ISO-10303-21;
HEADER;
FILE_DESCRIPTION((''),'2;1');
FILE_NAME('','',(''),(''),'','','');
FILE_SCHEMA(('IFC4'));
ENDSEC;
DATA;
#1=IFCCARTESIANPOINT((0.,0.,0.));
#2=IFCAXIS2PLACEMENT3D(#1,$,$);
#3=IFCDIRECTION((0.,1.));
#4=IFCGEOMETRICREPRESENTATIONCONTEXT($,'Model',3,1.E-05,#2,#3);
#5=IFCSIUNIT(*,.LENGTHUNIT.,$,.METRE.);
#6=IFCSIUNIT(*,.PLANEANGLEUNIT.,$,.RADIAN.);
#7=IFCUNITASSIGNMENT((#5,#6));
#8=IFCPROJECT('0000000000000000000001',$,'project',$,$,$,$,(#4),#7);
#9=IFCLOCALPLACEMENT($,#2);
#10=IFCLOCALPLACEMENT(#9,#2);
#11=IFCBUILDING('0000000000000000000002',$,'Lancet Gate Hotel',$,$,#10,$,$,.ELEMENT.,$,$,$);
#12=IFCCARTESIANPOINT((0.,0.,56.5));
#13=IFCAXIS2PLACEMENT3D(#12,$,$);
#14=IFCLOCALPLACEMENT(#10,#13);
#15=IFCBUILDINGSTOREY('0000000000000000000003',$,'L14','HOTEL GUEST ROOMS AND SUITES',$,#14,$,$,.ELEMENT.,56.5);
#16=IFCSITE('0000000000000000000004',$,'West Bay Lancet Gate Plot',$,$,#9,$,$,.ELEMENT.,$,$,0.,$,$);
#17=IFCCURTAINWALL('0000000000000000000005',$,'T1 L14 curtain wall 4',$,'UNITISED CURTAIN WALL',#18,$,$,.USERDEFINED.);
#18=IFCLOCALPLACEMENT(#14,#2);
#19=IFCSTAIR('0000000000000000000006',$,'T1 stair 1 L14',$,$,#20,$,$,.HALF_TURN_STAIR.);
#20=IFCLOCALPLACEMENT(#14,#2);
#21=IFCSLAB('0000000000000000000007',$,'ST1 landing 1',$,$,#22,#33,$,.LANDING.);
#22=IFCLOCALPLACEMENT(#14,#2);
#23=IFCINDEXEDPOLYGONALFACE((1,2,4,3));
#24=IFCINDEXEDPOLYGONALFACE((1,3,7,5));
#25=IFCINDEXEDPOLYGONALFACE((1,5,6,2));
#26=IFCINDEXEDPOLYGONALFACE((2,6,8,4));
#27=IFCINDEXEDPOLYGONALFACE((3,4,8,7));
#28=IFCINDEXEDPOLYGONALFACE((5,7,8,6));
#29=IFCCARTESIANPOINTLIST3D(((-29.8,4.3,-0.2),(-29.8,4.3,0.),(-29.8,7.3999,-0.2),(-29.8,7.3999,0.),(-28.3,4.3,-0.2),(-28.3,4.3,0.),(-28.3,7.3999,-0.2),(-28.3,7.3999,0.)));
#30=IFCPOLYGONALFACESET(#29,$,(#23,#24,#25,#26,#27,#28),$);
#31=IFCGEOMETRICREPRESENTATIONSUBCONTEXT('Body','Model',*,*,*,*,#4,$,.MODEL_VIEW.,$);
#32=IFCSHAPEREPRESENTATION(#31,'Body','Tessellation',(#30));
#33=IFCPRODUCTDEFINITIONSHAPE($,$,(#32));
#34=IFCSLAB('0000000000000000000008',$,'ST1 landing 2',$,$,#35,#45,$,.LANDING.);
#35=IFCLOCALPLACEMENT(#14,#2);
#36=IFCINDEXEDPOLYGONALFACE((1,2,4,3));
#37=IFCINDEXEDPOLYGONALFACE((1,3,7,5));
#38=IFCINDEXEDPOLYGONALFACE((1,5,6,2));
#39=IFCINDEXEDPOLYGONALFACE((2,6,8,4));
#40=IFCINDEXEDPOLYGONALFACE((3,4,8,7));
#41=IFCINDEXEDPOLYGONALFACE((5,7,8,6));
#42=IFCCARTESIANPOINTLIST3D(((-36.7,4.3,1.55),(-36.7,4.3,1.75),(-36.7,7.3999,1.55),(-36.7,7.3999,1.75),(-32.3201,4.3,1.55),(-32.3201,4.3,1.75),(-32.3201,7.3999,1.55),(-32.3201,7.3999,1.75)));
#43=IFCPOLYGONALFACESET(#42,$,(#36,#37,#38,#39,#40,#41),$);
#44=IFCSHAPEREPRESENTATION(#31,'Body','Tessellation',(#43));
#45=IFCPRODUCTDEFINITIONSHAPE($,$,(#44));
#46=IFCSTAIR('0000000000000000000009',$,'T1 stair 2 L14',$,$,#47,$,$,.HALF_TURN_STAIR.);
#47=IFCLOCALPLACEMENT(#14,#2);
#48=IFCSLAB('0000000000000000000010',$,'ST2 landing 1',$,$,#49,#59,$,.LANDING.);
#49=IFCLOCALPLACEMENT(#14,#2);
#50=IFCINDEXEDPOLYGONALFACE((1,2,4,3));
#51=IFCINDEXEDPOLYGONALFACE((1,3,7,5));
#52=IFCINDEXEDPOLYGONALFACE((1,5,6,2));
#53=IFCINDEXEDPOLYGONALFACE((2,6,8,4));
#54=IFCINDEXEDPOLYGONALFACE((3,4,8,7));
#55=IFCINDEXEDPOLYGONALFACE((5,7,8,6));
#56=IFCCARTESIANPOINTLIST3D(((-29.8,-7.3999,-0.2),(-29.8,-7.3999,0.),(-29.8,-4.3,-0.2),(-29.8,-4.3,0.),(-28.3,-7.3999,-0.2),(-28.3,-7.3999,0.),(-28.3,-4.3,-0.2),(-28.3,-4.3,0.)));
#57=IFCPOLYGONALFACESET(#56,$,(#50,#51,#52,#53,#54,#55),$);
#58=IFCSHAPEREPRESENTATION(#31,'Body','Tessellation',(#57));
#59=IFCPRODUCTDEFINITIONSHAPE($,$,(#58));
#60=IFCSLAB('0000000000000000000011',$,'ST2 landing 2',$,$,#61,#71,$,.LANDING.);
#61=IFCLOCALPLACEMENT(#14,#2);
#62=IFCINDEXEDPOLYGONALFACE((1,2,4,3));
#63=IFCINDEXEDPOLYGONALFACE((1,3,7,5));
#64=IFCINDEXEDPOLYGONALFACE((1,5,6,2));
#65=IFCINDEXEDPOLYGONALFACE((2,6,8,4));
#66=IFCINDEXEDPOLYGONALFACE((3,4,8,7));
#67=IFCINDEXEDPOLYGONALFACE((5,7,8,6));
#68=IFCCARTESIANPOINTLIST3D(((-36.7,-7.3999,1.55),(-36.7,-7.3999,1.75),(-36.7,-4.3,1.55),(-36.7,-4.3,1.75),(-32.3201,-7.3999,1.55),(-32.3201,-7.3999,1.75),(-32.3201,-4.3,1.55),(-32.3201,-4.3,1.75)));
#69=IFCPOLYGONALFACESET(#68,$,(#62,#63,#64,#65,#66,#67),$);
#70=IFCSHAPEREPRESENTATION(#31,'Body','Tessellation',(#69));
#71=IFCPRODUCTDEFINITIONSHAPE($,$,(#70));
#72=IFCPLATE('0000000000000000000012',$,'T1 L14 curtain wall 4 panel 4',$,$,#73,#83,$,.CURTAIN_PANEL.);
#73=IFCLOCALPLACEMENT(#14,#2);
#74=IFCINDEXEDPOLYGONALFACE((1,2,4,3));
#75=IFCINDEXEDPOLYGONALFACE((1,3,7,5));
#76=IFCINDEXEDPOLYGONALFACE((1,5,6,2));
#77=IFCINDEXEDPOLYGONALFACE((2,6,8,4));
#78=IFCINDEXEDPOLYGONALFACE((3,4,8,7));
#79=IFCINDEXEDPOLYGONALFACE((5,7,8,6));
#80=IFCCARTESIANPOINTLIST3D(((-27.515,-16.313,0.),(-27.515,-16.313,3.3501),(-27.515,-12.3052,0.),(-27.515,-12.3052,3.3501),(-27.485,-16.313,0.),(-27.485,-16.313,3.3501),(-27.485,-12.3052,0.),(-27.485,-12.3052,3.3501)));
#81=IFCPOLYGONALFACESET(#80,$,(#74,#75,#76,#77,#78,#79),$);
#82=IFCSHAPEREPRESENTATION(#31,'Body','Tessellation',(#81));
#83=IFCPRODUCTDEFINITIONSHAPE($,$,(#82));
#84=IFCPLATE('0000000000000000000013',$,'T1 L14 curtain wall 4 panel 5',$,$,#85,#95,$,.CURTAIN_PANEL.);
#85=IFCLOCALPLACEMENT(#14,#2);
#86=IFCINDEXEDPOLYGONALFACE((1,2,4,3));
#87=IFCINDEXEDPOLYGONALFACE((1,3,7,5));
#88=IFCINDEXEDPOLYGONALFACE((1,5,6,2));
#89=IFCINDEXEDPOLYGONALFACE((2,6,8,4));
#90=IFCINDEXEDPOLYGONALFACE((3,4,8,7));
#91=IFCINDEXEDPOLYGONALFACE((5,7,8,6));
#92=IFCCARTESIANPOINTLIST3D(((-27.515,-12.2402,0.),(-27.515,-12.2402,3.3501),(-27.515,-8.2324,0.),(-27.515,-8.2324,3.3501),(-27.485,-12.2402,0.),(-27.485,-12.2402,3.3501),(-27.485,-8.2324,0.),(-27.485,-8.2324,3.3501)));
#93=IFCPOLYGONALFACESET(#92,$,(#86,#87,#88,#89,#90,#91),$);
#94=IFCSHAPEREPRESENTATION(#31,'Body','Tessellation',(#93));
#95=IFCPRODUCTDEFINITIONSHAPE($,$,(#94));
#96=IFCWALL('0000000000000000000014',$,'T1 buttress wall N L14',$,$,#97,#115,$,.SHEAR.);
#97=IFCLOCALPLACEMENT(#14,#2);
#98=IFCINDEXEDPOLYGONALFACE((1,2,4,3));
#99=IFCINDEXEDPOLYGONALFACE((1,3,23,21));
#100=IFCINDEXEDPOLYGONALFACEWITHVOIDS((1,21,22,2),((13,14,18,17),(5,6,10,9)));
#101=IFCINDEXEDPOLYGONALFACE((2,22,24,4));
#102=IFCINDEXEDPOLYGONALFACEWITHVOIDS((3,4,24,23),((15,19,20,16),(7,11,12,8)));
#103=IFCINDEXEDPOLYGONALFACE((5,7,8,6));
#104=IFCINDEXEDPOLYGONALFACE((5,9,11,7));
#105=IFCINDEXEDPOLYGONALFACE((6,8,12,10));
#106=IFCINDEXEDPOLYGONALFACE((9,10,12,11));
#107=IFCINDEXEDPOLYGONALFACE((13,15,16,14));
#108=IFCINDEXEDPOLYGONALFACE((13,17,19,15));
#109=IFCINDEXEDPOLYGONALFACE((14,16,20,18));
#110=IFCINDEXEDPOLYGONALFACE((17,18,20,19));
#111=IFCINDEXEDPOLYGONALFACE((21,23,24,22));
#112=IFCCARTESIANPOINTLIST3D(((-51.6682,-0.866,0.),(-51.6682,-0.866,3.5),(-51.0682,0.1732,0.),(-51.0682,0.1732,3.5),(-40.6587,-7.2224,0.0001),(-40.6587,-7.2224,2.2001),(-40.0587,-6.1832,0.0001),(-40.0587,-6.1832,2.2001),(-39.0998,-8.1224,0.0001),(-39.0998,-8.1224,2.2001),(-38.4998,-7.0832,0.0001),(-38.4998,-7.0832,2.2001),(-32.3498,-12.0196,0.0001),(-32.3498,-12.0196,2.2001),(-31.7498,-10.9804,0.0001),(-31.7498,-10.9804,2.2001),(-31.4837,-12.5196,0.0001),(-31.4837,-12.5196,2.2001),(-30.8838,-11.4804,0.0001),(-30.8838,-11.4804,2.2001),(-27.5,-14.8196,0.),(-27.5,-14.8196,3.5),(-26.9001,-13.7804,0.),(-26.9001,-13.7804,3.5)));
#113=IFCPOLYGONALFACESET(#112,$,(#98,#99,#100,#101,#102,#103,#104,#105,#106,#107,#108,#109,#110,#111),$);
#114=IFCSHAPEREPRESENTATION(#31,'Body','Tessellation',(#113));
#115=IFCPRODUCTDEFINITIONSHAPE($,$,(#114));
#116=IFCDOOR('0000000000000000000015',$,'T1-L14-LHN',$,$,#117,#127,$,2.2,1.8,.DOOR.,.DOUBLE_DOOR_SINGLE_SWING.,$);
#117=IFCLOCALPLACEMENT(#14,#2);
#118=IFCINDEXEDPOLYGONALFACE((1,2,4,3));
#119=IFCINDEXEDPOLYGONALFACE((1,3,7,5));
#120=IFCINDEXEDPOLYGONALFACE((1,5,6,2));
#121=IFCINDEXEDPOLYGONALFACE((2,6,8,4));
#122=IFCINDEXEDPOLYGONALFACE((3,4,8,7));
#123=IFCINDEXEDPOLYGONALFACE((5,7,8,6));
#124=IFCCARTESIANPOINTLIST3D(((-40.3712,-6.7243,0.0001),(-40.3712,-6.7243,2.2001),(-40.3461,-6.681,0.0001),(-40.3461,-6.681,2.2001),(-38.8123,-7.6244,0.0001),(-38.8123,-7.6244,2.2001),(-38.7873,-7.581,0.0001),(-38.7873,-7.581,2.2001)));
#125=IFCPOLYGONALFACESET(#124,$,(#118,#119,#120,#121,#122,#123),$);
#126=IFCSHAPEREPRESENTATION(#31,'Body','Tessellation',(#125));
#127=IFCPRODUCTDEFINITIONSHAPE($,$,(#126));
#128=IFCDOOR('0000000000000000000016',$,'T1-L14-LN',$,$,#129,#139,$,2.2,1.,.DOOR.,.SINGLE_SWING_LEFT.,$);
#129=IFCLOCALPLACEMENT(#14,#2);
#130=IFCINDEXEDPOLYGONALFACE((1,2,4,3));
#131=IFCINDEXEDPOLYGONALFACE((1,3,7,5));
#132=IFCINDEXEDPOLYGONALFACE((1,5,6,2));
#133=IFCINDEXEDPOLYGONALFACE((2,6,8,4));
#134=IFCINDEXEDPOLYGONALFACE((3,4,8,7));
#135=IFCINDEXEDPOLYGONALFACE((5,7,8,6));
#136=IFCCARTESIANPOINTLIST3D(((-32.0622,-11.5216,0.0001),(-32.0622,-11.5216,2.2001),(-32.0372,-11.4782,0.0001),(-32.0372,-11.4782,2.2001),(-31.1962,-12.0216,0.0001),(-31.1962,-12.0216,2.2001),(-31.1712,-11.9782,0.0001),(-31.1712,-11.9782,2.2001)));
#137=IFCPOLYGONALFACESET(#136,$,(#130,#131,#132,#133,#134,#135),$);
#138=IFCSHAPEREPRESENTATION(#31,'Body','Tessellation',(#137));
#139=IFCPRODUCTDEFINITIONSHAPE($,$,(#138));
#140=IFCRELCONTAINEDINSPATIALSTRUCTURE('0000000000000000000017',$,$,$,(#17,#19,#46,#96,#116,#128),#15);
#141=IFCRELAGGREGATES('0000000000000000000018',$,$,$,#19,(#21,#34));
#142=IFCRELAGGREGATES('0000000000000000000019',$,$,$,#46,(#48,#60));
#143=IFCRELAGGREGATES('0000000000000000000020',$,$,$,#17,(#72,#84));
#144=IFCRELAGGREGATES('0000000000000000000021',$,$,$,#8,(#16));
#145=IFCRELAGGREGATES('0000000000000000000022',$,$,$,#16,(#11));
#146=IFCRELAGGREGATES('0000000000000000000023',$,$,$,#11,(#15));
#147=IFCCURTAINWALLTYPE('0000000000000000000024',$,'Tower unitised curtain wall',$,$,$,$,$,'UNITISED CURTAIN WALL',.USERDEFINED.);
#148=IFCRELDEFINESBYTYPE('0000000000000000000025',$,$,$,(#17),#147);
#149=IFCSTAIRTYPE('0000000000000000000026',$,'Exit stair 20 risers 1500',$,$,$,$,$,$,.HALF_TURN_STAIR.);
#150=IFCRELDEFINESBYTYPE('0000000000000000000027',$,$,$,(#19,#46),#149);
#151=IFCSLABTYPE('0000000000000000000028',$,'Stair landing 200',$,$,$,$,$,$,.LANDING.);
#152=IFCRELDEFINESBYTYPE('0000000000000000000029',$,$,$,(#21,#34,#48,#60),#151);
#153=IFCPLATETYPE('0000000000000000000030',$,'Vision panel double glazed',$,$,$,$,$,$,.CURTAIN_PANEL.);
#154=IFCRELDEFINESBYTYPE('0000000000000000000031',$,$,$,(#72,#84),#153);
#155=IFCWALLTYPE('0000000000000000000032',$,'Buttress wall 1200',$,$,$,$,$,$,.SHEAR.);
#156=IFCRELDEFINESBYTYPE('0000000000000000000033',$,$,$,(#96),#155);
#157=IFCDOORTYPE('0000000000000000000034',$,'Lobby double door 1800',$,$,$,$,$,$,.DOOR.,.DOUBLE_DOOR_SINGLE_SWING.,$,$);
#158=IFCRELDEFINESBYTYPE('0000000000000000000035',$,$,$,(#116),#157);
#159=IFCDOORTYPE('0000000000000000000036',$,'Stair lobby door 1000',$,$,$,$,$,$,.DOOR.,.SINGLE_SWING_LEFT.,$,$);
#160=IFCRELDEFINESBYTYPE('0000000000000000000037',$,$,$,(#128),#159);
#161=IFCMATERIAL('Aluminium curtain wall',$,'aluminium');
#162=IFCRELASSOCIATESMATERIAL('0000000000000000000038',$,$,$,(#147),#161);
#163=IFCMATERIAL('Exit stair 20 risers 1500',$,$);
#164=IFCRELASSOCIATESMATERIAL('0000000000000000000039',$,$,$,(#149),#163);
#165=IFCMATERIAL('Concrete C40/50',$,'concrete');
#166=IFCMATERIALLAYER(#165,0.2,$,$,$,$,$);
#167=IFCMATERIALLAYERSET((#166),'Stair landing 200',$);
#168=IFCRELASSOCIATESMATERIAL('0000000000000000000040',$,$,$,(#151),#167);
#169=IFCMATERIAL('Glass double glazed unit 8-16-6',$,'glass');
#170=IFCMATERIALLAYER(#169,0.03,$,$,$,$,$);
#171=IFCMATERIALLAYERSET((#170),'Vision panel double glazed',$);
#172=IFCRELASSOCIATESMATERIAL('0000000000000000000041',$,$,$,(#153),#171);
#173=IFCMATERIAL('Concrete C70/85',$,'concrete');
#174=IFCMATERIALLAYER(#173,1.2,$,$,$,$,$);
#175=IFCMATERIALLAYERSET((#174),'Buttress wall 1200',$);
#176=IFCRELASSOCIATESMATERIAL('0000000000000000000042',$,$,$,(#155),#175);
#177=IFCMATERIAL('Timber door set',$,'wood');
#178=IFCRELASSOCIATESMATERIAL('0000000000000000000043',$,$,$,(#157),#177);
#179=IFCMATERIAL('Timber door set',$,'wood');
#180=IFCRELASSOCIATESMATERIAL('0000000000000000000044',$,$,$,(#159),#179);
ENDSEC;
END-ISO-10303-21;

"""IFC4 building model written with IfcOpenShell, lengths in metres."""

from ifc_helpers import new_model, si_unit, direction, frame, frame_2d, origin, origin_2d, place, context, subcontext, project, spatial, polyline, rectangle, outline, extrude, material, layer, layer_set, type_object, element, fill, aggregate, save


model = new_model("IFC4")

# Units and contexts
model_context = context("Model", 3, precision=1e-05, world=origin(), true_north=direction((0.0, 1.0)))
body_context = subcontext(model_context, "Body", "Model", "MODEL_VIEW")
ifc_project = project(units=[si_unit("LENGTHUNIT", "METRE"), si_unit("PLANEANGLEUNIT", "RADIAN")], contexts=[model_context])

# Site, building, storey
site_placement = place(None, origin())
site = spatial("IfcSite", under=ifc_project, at=site_placement, Name="West Bay Lancet Gate Plot", CompositionType="ELEMENT", RefElevation=0.0)
building_placement = place(site_placement, origin())
building = spatial("IfcBuilding", under=site, at=building_placement, Name="Lancet Gate Hotel", CompositionType="ELEMENT")
storey_placement = place(building_placement, frame((0.0, 0.0, 56.5)))
storey = spatial("IfcBuildingStorey", under=building, at=storey_placement, Name="L14", Description="HOTEL GUEST ROOMS AND SUITES", CompositionType="ELEMENT", Elevation=56.5)

# Curtain wall
ifc_material_1 = material(Name="Aluminium curtain wall", Category="aluminium")
curtain_wall_type = type_object("IfcCurtainWallType", Name="Tower unitised curtain wall", ElementType="UNITISED CURTAIN WALL", PredefinedType="USERDEFINED", material=ifc_material_1)
curtain_wall_placement = place(storey_placement, origin())
curtain_wall = element("IfcCurtainWall", 1, at=curtain_wall_placement, inside=storey, type_object=curtain_wall_type, Name="T1 L14 curtain wall 4", ObjectType="UNITISED CURTAIN WALL", PredefinedType="USERDEFINED")

# Stairs, slabs
ifc_material_2 = material(Name="Exit stair 20 risers 1500")
stair_type = type_object("IfcStairType", Name="Exit stair 20 risers 1500", PredefinedType="HALF_TURN_STAIR", material=ifc_material_2)
stair_1_placement = place(storey_placement, origin())
stair_1 = element("IfcStair", 2, at=stair_1_placement, inside=storey, type_object=stair_type, Name="T1 stair 1 L14", PredefinedType="HALF_TURN_STAIR")
ifc_material_3 = material(Name="Concrete C40/50", Category="concrete")
ifc_layer_1 = layer(ifc_material_3, 0.2)
ifc_layer_set_1 = layer_set([ifc_layer_1], Name="Stair landing 200")
slab_type_1 = type_object("IfcSlabType", Name="Stair landing 200", PredefinedType="LANDING", material=ifc_layer_set_1)
slab_1_placement = place(storey_placement, frame((0.0, 0.0, -0.2)))
slab_1 = element("IfcSlab", 3, at=slab_1_placement, type_object=slab_type_1, Name="ST1 landing 1", PredefinedType="LANDING", context=body_context, shape_type="SweptSolid", body=[
    extrude(outline(polyline([(-28.3, 7.3999), (-29.8, 7.3999), (-29.8, 4.3), (-28.3, 4.3), (-28.3, 7.3999)])), origin(), (0.0, 0.0, 1.0), 0.2),
])
slab_2_placement = place(storey_placement, frame((0.0, 0.0, 1.55)))
slab_2 = element("IfcSlab", 4, at=slab_2_placement, type_object=slab_type_1, Name="ST1 landing 2", PredefinedType="LANDING", context=body_context, shape_type="SweptSolid", body=[
    extrude(outline(polyline([(-32.3201, 7.3999), (-36.7, 7.3999), (-36.7, 4.3), (-32.3201, 4.3), (-32.3201, 7.3999)])), origin(), (0.0, 0.0, 1.0), 0.2),
])
aggregate(stair_1, [slab_1, slab_2])
stair_2_placement = place(storey_placement, origin())
stair_2 = element("IfcStair", 5, at=stair_2_placement, inside=storey, type_object=stair_type, Name="T1 stair 2 L14", PredefinedType="HALF_TURN_STAIR")
slab_3_placement = place(storey_placement, frame((0.0, 0.0, -0.2)))
slab_3 = element("IfcSlab", 6, at=slab_3_placement, type_object=slab_type_1, Name="ST2 landing 1", PredefinedType="LANDING", context=body_context, shape_type="SweptSolid", body=[
    extrude(outline(polyline([(-28.3, -4.3), (-29.8, -4.3), (-29.8, -7.3999), (-28.3, -7.3999), (-28.3, -4.3)])), origin(), (0.0, 0.0, 1.0), 0.2),
])
slab_4_placement = place(storey_placement, frame((0.0, 0.0, 1.55)))
slab_4 = element("IfcSlab", 7, at=slab_4_placement, type_object=slab_type_1, Name="ST2 landing 2", PredefinedType="LANDING", context=body_context, shape_type="SweptSolid", body=[
    extrude(outline(polyline([(-32.3201, -4.3), (-36.7, -4.3), (-36.7, -7.3999), (-32.3201, -7.3999), (-32.3201, -4.3)])), origin(), (0.0, 0.0, 1.0), 0.2),
])
aggregate(stair_2, [slab_3, slab_4])

# Plates
ifc_material_4 = material(Name="Glass double glazed unit 8-16-6", Category="glass")
ifc_layer_2 = layer(ifc_material_4, 0.03)
ifc_layer_set_2 = layer_set([ifc_layer_2], Name="Vision panel double glazed")
plate_type = type_object("IfcPlateType", Name="Vision panel double glazed", PredefinedType="CURTAIN_PANEL", material=ifc_layer_set_2)
plate_1_placement = place(storey_placement, frame((-27.5, -14.3091, 0.0), z_axis=(0.0, 0.0, 1.0), x_axis=(0.0, 1.0, 0.0)))
plate_1 = element("IfcPlate", 8, at=plate_1_placement, type_object=plate_type, Name="T1 L14 curtain wall 4 panel 4", PredefinedType="CURTAIN_PANEL", context=body_context, shape_type="SweptSolid", body=[
    extrude(rectangle(XDim=4.0078, YDim=0.03, at=origin_2d()), origin(), (0.0, 0.0, 1.0), 3.3501),
])
plate_2_placement = place(storey_placement, frame((-27.5, -10.2363, 0.0), z_axis=(0.0, 0.0, 1.0), x_axis=(0.0, 1.0, 0.0)))
plate_2 = element("IfcPlate", 9, at=plate_2_placement, type_object=plate_type, Name="T1 L14 curtain wall 4 panel 5", PredefinedType="CURTAIN_PANEL", context=body_context, shape_type="SweptSolid", body=[
    extrude(rectangle(XDim=4.0078, YDim=0.03, at=origin_2d()), origin(), (0.0, 0.0, 1.0), 3.3501),
])
aggregate(curtain_wall, [plate_1, plate_2])

# Wall, openings, doors
ifc_material_5 = material(Name="Concrete C70/85", Category="concrete")
ifc_layer_3 = layer(ifc_material_5, 1.2)
ifc_layer_set_3 = layer_set([ifc_layer_3], Name="Buttress wall 1200")
wall_type = type_object("IfcWallType", Name="Buttress wall 1200", PredefinedType="SHEAR", material=ifc_layer_set_3)
wall_placement = place(storey_placement, frame((-27.2, -14.3, 0.0), z_axis=(0.0, 0.0, 1.0), x_axis=(-0.866024, 0.500002, 0.0)))
wall = element("IfcWall", 10, at=wall_placement, inside=storey, type_object=wall_type, Name="T1 buttress wall N L14", PredefinedType="SHEAR", context=body_context, shape_type="SweptSolid", body=[
    extrude(rectangle(XDim=27.907, YDim=1.2, at=frame_2d((13.9536, 0.0))), origin(), (0.0, 0.0, 1.0), 3.5),
])
opening_1_placement = place(wall_placement, frame((4.6001, 0.0, 0.0)))
opening_1 = element("IfcOpeningElement", 11, at=opening_1_placement, cuts=wall, PredefinedType="OPENING", context=body_context, shape_type="SweptSolid", body=[
    extrude(rectangle(XDim=1.0, YDim=2.2, at=frame_2d((0.5, 1.1001))), frame((0.0, 0.6099, 0.0), z_axis=(0.0, -1.0, 0.0), x_axis=(1.0, 0.0, 0.0)), (0.0, 0.0, 1.0), 1.22),
])
opening_2_placement = place(wall_placement, frame((13.3945, 0.0, 0.0)))
opening_2 = element("IfcOpeningElement", 12, at=opening_2_placement, cuts=wall, PredefinedType="OPENING", context=body_context, shape_type="SweptSolid", body=[
    extrude(rectangle(XDim=1.8, YDim=2.2, at=frame_2d((0.8999, 1.1001))), frame((0.0, 0.6099, 0.0), z_axis=(0.0, -1.0, 0.0), x_axis=(1.0, 0.0, 0.0)), (0.0, 0.0, 1.0), 1.22),
])
ifc_material_6 = material(Name="Timber door set", Category="wood")
door_type_1 = type_object("IfcDoorType", Name="Lobby double door 1800", OperationType="DOUBLE_DOOR_SINGLE_SWING", PredefinedType="DOOR", material=ifc_material_6)
door_1_placement = place(opening_2_placement, origin())
door_1 = element("IfcDoor", 13, at=door_1_placement, inside=storey, type_object=door_type_1, Name="T1-L14-LHN", OperationType="DOUBLE_DOOR_SINGLE_SWING", OverallHeight=2.2, OverallWidth=1.8, PredefinedType="DOOR", context=body_context, shape_type="SweptSolid", body=[
    extrude(rectangle(XDim=1.8, YDim=2.2, at=frame_2d((0.8999, 1.1001))), frame((0.0, 0.0249, 0.0), z_axis=(0.0, -1.0, 0.0), x_axis=(1.0, 0.0, 0.0)), (0.0, 0.0, 1.0), 0.05),
])
fill(opening_2, door_1)
ifc_material_7 = material(Name="Timber door set", Category="wood")
door_type_2 = type_object("IfcDoorType", Name="Stair lobby door 1000", OperationType="SINGLE_SWING_LEFT", PredefinedType="DOOR", material=ifc_material_7)
door_2_placement = place(opening_1_placement, origin())
door_2 = element("IfcDoor", 14, at=door_2_placement, inside=storey, type_object=door_type_2, Name="T1-L14-LN", OperationType="SINGLE_SWING_LEFT", OverallHeight=2.2, OverallWidth=1.0, PredefinedType="DOOR", context=body_context, shape_type="SweptSolid", body=[
    extrude(rectangle(XDim=1.0, YDim=2.2, at=frame_2d((0.5, 1.1001))), frame((0.0, 0.0249, 0.0), z_axis=(0.0, -1.0, 0.0), x_axis=(1.0, 0.0, 0.0)), (0.0, 0.0, 1.0), 0.05),
])
fill(opening_1, door_2)

save(model, "model.ifc")
